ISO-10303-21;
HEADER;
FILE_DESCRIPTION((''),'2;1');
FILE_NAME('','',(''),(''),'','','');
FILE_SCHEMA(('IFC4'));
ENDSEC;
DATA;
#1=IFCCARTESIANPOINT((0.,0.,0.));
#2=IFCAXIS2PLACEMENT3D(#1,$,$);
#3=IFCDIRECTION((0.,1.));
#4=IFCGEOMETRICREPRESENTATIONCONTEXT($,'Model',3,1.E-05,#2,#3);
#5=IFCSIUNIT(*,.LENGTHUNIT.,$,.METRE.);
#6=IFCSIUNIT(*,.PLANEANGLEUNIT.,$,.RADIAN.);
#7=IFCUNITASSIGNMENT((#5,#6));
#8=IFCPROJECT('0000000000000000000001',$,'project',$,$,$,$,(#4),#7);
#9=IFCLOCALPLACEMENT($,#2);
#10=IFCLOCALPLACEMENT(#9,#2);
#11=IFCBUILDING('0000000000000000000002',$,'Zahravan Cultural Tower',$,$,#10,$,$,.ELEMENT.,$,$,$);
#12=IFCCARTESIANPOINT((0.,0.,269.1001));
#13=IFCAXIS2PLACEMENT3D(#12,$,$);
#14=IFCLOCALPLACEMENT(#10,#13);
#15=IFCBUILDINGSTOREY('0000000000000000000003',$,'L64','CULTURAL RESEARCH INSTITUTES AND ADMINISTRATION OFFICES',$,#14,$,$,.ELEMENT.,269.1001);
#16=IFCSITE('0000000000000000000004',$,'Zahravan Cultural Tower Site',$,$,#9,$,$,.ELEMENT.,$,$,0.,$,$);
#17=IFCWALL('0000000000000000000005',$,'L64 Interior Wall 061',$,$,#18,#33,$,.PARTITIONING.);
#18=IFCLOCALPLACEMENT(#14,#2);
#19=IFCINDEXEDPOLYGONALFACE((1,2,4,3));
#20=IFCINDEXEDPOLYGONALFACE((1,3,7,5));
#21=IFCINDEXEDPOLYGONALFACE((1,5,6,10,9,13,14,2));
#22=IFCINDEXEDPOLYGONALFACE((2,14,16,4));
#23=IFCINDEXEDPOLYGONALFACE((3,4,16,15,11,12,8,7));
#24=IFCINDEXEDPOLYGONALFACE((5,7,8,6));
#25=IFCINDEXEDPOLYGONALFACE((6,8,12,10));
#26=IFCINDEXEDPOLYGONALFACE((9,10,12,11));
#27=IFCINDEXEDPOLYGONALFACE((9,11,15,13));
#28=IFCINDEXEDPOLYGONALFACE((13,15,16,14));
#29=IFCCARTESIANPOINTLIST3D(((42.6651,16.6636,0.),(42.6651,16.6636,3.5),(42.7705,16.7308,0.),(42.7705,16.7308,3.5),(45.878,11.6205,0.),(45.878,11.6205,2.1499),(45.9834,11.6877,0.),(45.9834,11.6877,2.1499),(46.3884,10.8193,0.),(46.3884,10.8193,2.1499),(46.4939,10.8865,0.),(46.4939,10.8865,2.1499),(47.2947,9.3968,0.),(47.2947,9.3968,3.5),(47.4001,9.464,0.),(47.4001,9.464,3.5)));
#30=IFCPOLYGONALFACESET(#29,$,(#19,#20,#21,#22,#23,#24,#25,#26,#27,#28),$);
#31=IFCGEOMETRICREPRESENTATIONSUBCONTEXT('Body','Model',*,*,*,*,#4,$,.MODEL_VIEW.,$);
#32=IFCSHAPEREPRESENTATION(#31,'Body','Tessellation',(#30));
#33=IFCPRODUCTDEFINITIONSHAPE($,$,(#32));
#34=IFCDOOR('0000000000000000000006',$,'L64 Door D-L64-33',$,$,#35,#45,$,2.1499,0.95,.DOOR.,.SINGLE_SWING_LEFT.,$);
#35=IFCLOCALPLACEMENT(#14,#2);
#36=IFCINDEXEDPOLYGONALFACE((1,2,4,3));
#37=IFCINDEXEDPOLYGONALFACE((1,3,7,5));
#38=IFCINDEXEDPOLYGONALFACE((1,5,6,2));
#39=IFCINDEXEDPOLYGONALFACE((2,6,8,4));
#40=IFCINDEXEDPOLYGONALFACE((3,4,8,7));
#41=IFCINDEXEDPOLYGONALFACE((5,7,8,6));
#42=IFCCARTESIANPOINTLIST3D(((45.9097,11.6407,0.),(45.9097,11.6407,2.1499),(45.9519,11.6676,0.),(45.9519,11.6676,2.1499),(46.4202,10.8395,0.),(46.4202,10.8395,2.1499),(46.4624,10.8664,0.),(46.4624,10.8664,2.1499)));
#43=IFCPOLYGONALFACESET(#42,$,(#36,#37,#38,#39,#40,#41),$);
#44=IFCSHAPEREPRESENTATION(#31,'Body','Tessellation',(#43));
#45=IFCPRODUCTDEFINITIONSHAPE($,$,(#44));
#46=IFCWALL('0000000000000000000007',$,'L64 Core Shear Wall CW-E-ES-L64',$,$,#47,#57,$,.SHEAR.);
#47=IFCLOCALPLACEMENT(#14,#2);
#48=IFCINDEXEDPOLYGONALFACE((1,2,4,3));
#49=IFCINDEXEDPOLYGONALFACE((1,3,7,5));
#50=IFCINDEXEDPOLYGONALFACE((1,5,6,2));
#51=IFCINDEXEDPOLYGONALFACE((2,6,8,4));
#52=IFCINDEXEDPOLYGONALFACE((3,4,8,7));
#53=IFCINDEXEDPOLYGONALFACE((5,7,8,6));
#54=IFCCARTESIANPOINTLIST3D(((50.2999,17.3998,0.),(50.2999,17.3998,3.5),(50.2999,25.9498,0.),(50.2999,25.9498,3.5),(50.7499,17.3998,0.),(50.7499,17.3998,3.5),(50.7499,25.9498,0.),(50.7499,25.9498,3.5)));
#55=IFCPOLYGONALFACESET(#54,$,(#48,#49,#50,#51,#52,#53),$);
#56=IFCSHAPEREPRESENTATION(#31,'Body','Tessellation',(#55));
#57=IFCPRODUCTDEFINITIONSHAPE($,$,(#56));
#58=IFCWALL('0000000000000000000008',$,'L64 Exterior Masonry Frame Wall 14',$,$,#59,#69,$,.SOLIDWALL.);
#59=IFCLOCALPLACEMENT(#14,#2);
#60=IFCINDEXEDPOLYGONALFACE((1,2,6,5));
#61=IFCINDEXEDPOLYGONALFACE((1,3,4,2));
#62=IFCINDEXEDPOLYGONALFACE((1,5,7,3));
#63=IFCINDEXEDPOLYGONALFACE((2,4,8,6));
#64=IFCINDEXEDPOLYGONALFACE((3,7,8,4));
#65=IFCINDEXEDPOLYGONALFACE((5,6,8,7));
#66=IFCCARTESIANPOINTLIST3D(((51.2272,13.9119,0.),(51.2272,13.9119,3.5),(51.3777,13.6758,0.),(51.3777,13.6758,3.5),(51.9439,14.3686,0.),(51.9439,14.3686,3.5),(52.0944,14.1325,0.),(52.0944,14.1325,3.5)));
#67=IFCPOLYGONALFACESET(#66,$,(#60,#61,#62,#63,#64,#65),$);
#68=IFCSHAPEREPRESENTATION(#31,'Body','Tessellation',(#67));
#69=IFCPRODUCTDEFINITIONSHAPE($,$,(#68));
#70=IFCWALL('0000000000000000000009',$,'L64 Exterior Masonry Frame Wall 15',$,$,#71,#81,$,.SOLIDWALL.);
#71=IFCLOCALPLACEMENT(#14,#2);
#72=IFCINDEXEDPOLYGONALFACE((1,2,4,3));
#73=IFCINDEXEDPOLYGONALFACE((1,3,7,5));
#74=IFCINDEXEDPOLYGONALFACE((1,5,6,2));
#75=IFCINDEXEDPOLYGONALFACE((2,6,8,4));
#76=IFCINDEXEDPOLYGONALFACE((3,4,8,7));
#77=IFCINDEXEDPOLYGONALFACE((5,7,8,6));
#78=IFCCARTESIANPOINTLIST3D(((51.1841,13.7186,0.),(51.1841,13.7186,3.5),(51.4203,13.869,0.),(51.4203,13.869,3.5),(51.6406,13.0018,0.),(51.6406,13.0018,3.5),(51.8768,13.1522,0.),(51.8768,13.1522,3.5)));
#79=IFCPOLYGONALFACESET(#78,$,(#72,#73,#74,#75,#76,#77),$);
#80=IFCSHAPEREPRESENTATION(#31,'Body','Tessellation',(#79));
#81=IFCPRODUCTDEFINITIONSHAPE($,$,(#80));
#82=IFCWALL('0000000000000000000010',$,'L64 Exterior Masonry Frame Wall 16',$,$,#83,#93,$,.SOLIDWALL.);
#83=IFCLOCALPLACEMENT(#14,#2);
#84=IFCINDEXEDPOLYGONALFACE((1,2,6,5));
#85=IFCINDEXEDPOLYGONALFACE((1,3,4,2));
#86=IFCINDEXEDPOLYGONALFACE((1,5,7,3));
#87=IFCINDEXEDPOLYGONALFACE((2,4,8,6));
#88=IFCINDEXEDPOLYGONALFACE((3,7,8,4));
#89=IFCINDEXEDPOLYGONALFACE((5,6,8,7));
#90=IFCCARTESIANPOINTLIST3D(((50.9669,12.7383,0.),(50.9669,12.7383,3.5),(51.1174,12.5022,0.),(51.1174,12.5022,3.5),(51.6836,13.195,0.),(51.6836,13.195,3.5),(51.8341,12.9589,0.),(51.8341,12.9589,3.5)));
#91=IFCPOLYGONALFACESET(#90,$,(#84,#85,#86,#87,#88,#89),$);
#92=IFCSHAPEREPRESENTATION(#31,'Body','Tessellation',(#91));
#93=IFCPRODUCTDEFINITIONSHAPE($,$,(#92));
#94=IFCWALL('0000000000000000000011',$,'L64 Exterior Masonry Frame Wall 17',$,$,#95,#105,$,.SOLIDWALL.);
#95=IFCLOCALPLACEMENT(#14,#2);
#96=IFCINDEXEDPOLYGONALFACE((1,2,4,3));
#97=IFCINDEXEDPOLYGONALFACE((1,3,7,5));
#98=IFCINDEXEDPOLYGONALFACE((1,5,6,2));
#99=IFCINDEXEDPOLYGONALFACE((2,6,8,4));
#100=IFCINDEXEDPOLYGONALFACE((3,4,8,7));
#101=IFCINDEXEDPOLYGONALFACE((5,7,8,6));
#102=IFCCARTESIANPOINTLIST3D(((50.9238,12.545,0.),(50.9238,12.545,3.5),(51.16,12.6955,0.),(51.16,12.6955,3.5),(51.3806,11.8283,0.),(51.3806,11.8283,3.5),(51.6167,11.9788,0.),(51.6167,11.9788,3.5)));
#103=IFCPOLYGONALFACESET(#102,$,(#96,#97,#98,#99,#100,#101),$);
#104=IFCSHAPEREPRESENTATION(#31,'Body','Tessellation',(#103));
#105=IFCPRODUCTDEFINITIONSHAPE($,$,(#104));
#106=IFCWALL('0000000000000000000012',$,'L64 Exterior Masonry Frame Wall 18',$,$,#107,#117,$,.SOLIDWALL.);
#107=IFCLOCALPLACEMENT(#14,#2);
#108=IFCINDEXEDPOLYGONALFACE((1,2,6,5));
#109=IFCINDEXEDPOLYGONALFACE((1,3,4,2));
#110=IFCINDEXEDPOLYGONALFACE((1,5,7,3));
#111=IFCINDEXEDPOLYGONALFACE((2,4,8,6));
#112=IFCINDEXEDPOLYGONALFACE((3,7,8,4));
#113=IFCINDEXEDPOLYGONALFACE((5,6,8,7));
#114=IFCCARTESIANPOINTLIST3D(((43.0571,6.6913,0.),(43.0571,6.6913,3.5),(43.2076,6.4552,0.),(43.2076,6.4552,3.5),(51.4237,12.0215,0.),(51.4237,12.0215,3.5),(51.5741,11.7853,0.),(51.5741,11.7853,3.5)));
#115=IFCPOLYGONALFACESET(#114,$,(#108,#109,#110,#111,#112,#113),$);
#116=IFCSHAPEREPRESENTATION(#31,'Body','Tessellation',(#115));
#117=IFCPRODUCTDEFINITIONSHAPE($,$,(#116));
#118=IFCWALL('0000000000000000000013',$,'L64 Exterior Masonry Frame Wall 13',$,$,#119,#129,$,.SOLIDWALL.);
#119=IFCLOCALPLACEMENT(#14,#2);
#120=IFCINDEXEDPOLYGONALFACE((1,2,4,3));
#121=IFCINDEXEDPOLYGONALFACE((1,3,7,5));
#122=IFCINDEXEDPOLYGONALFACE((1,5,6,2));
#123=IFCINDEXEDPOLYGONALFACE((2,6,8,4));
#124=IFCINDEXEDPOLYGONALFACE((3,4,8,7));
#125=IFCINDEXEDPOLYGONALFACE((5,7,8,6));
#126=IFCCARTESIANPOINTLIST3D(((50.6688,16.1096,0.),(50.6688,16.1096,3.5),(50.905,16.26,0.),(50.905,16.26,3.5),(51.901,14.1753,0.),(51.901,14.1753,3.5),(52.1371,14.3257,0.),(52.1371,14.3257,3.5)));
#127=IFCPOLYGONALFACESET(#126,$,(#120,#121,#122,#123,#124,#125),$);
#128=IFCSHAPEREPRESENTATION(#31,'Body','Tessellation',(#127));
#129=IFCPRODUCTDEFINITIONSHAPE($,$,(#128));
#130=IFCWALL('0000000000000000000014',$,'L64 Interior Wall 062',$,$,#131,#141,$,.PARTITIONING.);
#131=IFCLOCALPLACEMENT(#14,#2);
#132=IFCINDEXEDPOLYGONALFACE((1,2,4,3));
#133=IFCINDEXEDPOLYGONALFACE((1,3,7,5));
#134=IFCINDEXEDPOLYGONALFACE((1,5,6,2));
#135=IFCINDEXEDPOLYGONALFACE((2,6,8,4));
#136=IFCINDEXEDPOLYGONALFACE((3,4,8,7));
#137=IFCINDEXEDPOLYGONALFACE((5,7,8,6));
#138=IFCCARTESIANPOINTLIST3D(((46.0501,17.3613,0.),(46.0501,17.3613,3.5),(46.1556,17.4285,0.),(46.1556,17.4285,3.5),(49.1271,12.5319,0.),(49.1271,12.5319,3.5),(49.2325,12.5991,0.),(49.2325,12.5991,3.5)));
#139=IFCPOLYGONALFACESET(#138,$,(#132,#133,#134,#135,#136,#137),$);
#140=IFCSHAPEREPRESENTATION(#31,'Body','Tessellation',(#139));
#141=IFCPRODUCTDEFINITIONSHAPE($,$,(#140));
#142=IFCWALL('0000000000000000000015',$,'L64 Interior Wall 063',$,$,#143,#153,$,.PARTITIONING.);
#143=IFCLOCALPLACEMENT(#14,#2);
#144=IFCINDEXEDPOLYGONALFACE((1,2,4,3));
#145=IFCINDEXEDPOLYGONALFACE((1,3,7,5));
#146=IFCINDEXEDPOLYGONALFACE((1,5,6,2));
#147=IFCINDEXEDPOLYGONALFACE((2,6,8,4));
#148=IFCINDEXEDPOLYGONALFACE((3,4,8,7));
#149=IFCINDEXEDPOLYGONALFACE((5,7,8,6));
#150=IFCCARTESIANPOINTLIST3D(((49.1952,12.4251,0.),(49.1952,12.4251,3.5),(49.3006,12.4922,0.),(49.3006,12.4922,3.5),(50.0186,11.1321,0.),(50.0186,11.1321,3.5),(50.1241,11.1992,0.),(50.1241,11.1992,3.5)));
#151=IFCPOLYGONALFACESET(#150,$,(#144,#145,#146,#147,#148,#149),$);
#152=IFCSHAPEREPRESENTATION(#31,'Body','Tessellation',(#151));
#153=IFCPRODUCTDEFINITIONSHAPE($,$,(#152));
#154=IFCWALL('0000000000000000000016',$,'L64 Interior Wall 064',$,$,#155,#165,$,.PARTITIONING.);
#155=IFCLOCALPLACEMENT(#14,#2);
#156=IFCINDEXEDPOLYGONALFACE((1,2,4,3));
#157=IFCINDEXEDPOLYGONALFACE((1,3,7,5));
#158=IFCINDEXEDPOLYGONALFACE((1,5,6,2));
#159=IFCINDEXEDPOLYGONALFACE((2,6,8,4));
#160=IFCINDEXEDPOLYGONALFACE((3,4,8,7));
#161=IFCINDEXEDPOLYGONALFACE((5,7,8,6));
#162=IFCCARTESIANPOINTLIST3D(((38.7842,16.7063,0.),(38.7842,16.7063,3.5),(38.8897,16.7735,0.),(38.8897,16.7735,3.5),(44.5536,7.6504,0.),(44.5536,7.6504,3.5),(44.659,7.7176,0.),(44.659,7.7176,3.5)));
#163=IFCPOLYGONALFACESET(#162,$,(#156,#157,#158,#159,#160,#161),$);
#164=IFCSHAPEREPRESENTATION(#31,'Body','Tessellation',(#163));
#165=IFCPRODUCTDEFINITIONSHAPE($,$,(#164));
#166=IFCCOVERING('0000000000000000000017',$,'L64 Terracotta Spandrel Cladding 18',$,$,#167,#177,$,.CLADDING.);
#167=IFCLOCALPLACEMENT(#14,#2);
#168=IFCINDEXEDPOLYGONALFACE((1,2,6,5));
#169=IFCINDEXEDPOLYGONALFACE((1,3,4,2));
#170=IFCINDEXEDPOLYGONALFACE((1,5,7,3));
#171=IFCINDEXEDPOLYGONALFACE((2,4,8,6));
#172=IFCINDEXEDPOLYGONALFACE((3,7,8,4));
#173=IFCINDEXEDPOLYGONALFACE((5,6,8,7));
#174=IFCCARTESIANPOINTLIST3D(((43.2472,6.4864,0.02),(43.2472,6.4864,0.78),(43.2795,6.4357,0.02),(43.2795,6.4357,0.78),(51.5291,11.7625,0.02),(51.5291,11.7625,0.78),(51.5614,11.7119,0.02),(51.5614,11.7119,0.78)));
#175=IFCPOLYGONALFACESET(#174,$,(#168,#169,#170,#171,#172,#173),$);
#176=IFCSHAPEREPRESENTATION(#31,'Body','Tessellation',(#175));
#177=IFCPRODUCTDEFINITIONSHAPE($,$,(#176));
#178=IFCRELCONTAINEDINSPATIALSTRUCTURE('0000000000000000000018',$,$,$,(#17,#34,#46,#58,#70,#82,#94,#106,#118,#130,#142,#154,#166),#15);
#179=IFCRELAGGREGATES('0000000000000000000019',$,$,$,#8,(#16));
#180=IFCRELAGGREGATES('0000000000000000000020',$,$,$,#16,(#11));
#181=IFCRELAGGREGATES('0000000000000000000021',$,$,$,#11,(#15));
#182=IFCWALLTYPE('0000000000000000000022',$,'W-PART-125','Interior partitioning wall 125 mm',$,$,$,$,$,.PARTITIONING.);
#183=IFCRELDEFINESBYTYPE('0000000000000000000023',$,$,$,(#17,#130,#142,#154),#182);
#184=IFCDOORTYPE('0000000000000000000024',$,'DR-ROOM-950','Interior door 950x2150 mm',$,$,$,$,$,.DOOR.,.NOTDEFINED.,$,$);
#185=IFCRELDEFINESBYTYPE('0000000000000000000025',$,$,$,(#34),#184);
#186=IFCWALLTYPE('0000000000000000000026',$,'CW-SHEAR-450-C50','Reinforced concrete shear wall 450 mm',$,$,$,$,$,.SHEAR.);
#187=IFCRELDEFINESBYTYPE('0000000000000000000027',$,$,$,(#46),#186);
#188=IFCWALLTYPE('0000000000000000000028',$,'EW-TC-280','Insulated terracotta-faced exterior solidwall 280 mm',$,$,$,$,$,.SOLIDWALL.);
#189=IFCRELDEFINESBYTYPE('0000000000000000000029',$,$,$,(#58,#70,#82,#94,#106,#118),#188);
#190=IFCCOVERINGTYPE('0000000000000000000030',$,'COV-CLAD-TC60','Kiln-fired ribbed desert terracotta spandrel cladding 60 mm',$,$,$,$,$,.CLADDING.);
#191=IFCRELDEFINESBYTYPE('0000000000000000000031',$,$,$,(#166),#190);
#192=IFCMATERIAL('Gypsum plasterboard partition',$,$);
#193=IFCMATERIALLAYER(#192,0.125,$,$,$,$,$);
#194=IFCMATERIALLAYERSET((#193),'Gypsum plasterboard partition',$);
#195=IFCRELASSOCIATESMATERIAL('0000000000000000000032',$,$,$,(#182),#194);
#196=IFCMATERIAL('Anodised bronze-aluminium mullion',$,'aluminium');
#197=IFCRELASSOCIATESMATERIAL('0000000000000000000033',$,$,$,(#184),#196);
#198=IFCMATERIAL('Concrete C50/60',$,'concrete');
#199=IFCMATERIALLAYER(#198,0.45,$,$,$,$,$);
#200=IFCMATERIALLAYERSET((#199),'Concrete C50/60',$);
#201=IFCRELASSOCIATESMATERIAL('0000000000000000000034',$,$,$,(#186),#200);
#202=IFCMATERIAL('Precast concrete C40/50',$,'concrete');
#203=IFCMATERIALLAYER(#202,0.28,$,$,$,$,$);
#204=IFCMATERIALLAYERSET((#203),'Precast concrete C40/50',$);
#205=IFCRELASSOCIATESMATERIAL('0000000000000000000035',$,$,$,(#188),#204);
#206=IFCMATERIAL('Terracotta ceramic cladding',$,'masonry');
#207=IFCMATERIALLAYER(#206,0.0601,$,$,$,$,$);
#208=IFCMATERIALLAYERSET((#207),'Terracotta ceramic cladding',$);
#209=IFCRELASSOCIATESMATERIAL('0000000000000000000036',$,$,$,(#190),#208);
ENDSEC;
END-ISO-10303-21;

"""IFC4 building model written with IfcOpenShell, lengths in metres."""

from ifc_helpers import new_model, si_unit, direction, frame, frame_2d, origin, origin_2d, place, context, subcontext, project, spatial, rectangle, extrude, source, transform, mapped, material, layer, layer_set, type_object, element, fill, save


model = new_model("IFC4")

# Units and contexts
model_context = context("Model", 3, precision=1e-05, world=origin(), true_north=direction((0.0, 1.0)))
body_context = subcontext(model_context, "Body", "Model", "MODEL_VIEW")
ifc_project = project(units=[si_unit("LENGTHUNIT", "METRE"), si_unit("PLANEANGLEUNIT", "RADIAN")], contexts=[model_context])

# Site, building, storey
site_placement = place(None, origin())
site = spatial("IfcSite", under=ifc_project, at=site_placement, Name="Zahravan Cultural Tower Site", CompositionType="ELEMENT", RefElevation=0.0)
building_placement = place(site_placement, origin())
building = spatial("IfcBuilding", under=site, at=building_placement, Name="Zahravan Cultural Tower", CompositionType="ELEMENT")
storey_placement = place(building_placement, frame((0.0, 0.0, 269.1001)))
storey = spatial("IfcBuildingStorey", under=building, at=storey_placement, Name="L64", Description="CULTURAL RESEARCH INSTITUTES AND ADMINISTRATION OFFICES", CompositionType="ELEMENT", Elevation=269.1001)

# Shared definitions
ifc_material_1 = material(Name="Concrete C50/60", Category="concrete")

# Wall, opening, door
ifc_material_2 = material(Name="Gypsum plasterboard partition")
ifc_layer_1 = layer(ifc_material_2, 0.125)
ifc_layer_set_1 = layer_set([ifc_layer_1], Name="Gypsum plasterboard partition")
wall_type_1 = type_object("IfcWallType", Name="W-PART-125", Description="Interior partitioning wall 125 mm", PredefinedType="PARTITIONING", material=ifc_layer_set_1)
wall_1_placement = place(storey_placement, frame((47.3474, 9.4304, 0.0), z_axis=(0.0, 0.0, 1.0), x_axis=(-0.537312, 0.843384, 0.0)))
wall_1 = element("IfcWall", 1, at=wall_1_placement, inside=storey, type_object=wall_type_1, Name="L64 Interior Wall 061", PredefinedType="PARTITIONING", context=body_context, shape_type="SweptSolid", body=[
    extrude(rectangle(XDim=8.6162, YDim=0.125, at=frame_2d((4.3081, 0.0))), origin(), (0.0, 0.0, 1.0), 3.5),
])
opening_placement = place(wall_1_placement, frame((1.6865, 0.0, 0.0)))
opening = element("IfcOpeningElement", 2, at=opening_placement, cuts=wall_1, PredefinedType="OPENING", context=body_context, shape_type="SweptSolid", body=[
    extrude(rectangle(XDim=0.95, YDim=2.1499, at=frame_2d((0.4751, 1.075))), frame((0.0, 0.0725, 0.0), z_axis=(0.0, -1.0, 0.0), x_axis=(1.0, 0.0, 0.0)), (0.0, 0.0, 1.0), 0.145),
])
ifc_material_3 = material(Name="Anodised bronze-aluminium mullion", Category="aluminium")
door_type = type_object("IfcDoorType", Name="DR-ROOM-950", Description="Interior door 950x2150 mm", OperationType="NOTDEFINED", PredefinedType="DOOR", material=ifc_material_3)
shared_shape_1 = source(origin(), body_context, "Body", "SweptSolid", [
    extrude(rectangle(XDim=0.95, YDim=2.1499, at=frame_2d((0.4751, 1.075))), frame((0.0, 0.0249, 0.0), z_axis=(0.0, -1.0, 0.0), x_axis=(1.0, 0.0, 0.0)), (0.0, 0.0, 1.0), 0.05),
])
door_placement = place(opening_placement, origin())
door = element("IfcDoor", 3, at=door_placement, inside=storey, type_object=door_type, Name="L64 Door D-L64-33", OperationType="SINGLE_SWING_LEFT", OverallHeight=2.1499, OverallWidth=0.95, PredefinedType="DOOR", context=body_context, shape_type="MappedRepresentation", body=[
    mapped(shared_shape_1, transform((0.0, 0.0, 0.0), x_axis=(1.0, 0.0, 0.0), y_axis=(0.0, 1.0, 0.0), z_axis=(0.0, 0.0, 1.0), scale=1.0)),
])
fill(opening, door)

# Walls
ifc_layer_2 = layer(ifc_material_1, 0.45)
ifc_layer_set_2 = layer_set([ifc_layer_2], Name="Concrete C50/60")
wall_type_2 = type_object("IfcWallType", Name="CW-SHEAR-450-C50", Description="Reinforced concrete shear wall 450 mm", PredefinedType="SHEAR", material=ifc_layer_set_2)
shared_shape_2 = source(origin(), body_context, "Body", "SweptSolid", [
    extrude(rectangle(XDim=8.55, YDim=0.45, at=frame_2d((4.2749, 0.0))), origin(), (0.0, 0.0, 1.0), 3.5),
])
wall_2_placement = place(storey_placement, frame((50.5249, 17.3999, 0.0), z_axis=(0.0, 0.0, 1.0), x_axis=(0.0, 1.0, 0.0)))
element("IfcWall", 4, at=wall_2_placement, inside=storey, type_object=wall_type_2, Name="L64 Core Shear Wall CW-E-ES-L64", PredefinedType="SHEAR", context=body_context, shape_type="MappedRepresentation", body=[
    mapped(shared_shape_2, transform((0.0, 0.0, 0.0), x_axis=(1.0, 0.0, 0.0), y_axis=(0.0, 1.0, 0.0), z_axis=(0.0, 0.0, 1.0), scale=1.0)),
])
ifc_material_4 = material(Name="Precast concrete C40/50", Category="concrete")
ifc_layer_3 = layer(ifc_material_4, 0.28)
ifc_layer_set_3 = layer_set([ifc_layer_3], Name="Precast concrete C40/50")
wall_type_3 = type_object("IfcWallType", Name="EW-TC-280", Description="Insulated terracotta-faced exterior solidwall 280 mm", PredefinedType="SOLIDWALL", material=ifc_layer_set_3)
shared_shape_3 = source(origin(), body_context, "Body", "SweptSolid", [
    extrude(rectangle(XDim=0.8499, YDim=0.28, at=frame_2d((0.4248, 0.0))), origin(), (0.0, 0.0, 1.0), 3.5),
])
for number, where, z_axis, x_axis, name in (
    (5, (52.019, 14.2505, 0.0), (0.0, 0.0, 1.0), (-0.843318, -0.537414, 0.0), "L64 Exterior Masonry Frame Wall 14"),
    (6, (51.3022, 13.7937, 0.0), (0.0, 0.0, 1.0), (0.53721, -0.843448, 0.0), "L64 Exterior Masonry Frame Wall 15"),
    (7, (51.7588, 13.0769, 0.0), (0.0, 0.0, 1.0), (-0.843318, -0.537414, 0.0), "L64 Exterior Masonry Frame Wall 16"),
    (8, (51.042, 12.6201, 0.0), (0.0, 0.0, 1.0), (0.537414, -0.843318, 0.0), "L64 Exterior Masonry Frame Wall 17"),
):
    element("IfcWall", number, at=place(storey_placement, frame(where, z_axis=z_axis, x_axis=x_axis)), inside=storey, type_object=wall_type_3, Name=name, PredefinedType="SOLIDWALL", context=body_context, shape_type="MappedRepresentation", body=[
        mapped(shared_shape_3, transform((0.0, 0.0, 0.0), x_axis=(1.0, 0.0, 0.0), y_axis=(0.0, 1.0, 0.0), z_axis=(0.0, 0.0, 1.0), scale=1.0)),
    ])
shared_shape_4 = source(origin(), body_context, "Body", "SweptSolid", [
    extrude(rectangle(XDim=9.9202, YDim=0.28, at=frame_2d((4.96, 0.0))), origin(), (0.0, 0.0, 1.0), 3.5),
])
wall_3_placement = place(storey_placement, frame((51.4988, 11.9033, 0.0), z_axis=(0.0, 0.0, 1.0), x_axis=(-0.843389, -0.537304, 0.0)))
element("IfcWall", 9, at=wall_3_placement, inside=storey, type_object=wall_type_3, Name="L64 Exterior Masonry Frame Wall 18", PredefinedType="SOLIDWALL", context=body_context, shape_type="MappedRepresentation", body=[
    mapped(shared_shape_4, transform((0.0, 0.0, 0.0), x_axis=(1.0, 0.0, 0.0), y_axis=(0.0, 1.0, 0.0), z_axis=(0.0, 0.0, 1.0), scale=1.0)),
])
shared_shape_5 = source(origin(), body_context, "Body", "SweptSolid", [
    extrude(rectangle(XDim=2.2935, YDim=0.28, at=frame_2d((1.1467, 0.0))), origin(), (0.0, 0.0, 1.0), 3.5),
])
wall_4_placement = place(storey_placement, frame((50.7869, 16.1848, 0.0), z_axis=(0.0, 0.0, 1.0), x_axis=(0.537261, -0.843416, 0.0)))
element("IfcWall", 10, at=wall_4_placement, inside=storey, type_object=wall_type_3, Name="L64 Exterior Masonry Frame Wall 13", PredefinedType="SOLIDWALL", context=body_context, shape_type="MappedRepresentation", body=[
    mapped(shared_shape_5, transform((0.0, 0.0, 0.0), x_axis=(1.0, 0.0, 0.0), y_axis=(0.0, 1.0, 0.0), z_axis=(0.0, 0.0, 1.0), scale=1.0)),
])
shared_shape_6 = source(origin(), body_context, "Body", "SweptSolid", [
    extrude(rectangle(XDim=5.7263, YDim=0.125, at=frame_2d((2.8633, 0.0))), origin(), (0.0, 0.0, 1.0), 3.5),
])
wall_5_placement = place(storey_placement, frame((46.1028, 17.395, 0.0), z_axis=(0.0, 0.0, 1.0), x_axis=(0.537333, -0.84337, 0.0)))
element("IfcWall", 11, at=wall_5_placement, inside=storey, type_object=wall_type_1, Name="L64 Interior Wall 062", PredefinedType="PARTITIONING", context=body_context, shape_type="MappedRepresentation", body=[
    mapped(shared_shape_6, transform((0.0, 0.0, 0.0), x_axis=(1.0, 0.0, 0.0), y_axis=(0.0, 1.0, 0.0), z_axis=(0.0, 0.0, 1.0), scale=1.0)),
])
shared_shape_7 = source(origin(), body_context, "Body", "SweptSolid", [
    extrude(rectangle(XDim=1.533, YDim=0.125, at=frame_2d((0.7666, 0.0))), origin(), (0.0, 0.0, 1.0), 3.5),
])
wall_6_placement = place(storey_placement, frame((49.2478, 12.4587, 0.0), z_axis=(0.0, 0.0, 1.0), x_axis=(0.537195, -0.843458, 0.0)))
element("IfcWall", 12, at=wall_6_placement, inside=storey, type_object=wall_type_1, Name="L64 Interior Wall 063", PredefinedType="PARTITIONING", context=body_context, shape_type="MappedRepresentation", body=[
    mapped(shared_shape_7, transform((0.0, 0.0, 0.0), x_axis=(1.0, 0.0, 0.0), y_axis=(0.0, 1.0, 0.0), z_axis=(0.0, 0.0, 1.0), scale=1.0)),
])
shared_shape_8 = source(origin(), body_context, "Body", "SweptSolid", [
    extrude(rectangle(XDim=10.7375, YDim=0.125, at=frame_2d((5.3687, 0.0))), origin(), (0.0, 0.0, 1.0), 3.5),
])
wall_7_placement = place(storey_placement, frame((44.6062, 7.6841, 0.0), z_axis=(0.0, 0.0, 1.0), x_axis=(-0.537302, 0.84339, 0.0)))
element("IfcWall", 13, at=wall_7_placement, inside=storey, type_object=wall_type_1, Name="L64 Interior Wall 064", PredefinedType="PARTITIONING", context=body_context, shape_type="MappedRepresentation", body=[
    mapped(shared_shape_8, transform((0.0, 0.0, 0.0), x_axis=(1.0, 0.0, 0.0), y_axis=(0.0, 1.0, 0.0), z_axis=(0.0, 0.0, 1.0), scale=1.0)),
])

# Covering
ifc_material_5 = material(Name="Terracotta ceramic cladding", Category="masonry")
ifc_layer_4 = layer(ifc_material_5, 0.0601)
ifc_layer_set_4 = layer_set([ifc_layer_4], Name="Terracotta ceramic cladding")
covering_type = type_object("IfcCoveringType", Name="COV-CLAD-TC60", Description="Kiln-fired ribbed desert terracotta spandrel cladding 60 mm", PredefinedType="CLADDING", material=ifc_layer_set_4)
shared_shape_9 = source(origin(), body_context, "Body", "SweptSolid", [
    extrude(rectangle(XDim=9.8198, YDim=0.0601, at=origin_2d()), origin(), (0.0, 0.0, 1.0), 0.76),
])
covering_1_placement = place(storey_placement, frame((47.4043, 9.0991, 0.02), z_axis=(0.0, 0.0, 1.0), x_axis=(-0.843391, -0.5373, 0.0)))
element("IfcCovering", 14, at=covering_1_placement, inside=storey, type_object=covering_type, Name="L64 Terracotta Spandrel Cladding 18", PredefinedType="CLADDING", context=body_context, shape_type="MappedRepresentation", body=[
    mapped(shared_shape_9, transform((0.0, 0.0, 0.0), x_axis=(1.0, 0.0, 0.0), y_axis=(0.0, 1.0, 0.0), z_axis=(0.0, 0.0, 1.0), scale=1.0)),
])

save(model, "model.ifc")
